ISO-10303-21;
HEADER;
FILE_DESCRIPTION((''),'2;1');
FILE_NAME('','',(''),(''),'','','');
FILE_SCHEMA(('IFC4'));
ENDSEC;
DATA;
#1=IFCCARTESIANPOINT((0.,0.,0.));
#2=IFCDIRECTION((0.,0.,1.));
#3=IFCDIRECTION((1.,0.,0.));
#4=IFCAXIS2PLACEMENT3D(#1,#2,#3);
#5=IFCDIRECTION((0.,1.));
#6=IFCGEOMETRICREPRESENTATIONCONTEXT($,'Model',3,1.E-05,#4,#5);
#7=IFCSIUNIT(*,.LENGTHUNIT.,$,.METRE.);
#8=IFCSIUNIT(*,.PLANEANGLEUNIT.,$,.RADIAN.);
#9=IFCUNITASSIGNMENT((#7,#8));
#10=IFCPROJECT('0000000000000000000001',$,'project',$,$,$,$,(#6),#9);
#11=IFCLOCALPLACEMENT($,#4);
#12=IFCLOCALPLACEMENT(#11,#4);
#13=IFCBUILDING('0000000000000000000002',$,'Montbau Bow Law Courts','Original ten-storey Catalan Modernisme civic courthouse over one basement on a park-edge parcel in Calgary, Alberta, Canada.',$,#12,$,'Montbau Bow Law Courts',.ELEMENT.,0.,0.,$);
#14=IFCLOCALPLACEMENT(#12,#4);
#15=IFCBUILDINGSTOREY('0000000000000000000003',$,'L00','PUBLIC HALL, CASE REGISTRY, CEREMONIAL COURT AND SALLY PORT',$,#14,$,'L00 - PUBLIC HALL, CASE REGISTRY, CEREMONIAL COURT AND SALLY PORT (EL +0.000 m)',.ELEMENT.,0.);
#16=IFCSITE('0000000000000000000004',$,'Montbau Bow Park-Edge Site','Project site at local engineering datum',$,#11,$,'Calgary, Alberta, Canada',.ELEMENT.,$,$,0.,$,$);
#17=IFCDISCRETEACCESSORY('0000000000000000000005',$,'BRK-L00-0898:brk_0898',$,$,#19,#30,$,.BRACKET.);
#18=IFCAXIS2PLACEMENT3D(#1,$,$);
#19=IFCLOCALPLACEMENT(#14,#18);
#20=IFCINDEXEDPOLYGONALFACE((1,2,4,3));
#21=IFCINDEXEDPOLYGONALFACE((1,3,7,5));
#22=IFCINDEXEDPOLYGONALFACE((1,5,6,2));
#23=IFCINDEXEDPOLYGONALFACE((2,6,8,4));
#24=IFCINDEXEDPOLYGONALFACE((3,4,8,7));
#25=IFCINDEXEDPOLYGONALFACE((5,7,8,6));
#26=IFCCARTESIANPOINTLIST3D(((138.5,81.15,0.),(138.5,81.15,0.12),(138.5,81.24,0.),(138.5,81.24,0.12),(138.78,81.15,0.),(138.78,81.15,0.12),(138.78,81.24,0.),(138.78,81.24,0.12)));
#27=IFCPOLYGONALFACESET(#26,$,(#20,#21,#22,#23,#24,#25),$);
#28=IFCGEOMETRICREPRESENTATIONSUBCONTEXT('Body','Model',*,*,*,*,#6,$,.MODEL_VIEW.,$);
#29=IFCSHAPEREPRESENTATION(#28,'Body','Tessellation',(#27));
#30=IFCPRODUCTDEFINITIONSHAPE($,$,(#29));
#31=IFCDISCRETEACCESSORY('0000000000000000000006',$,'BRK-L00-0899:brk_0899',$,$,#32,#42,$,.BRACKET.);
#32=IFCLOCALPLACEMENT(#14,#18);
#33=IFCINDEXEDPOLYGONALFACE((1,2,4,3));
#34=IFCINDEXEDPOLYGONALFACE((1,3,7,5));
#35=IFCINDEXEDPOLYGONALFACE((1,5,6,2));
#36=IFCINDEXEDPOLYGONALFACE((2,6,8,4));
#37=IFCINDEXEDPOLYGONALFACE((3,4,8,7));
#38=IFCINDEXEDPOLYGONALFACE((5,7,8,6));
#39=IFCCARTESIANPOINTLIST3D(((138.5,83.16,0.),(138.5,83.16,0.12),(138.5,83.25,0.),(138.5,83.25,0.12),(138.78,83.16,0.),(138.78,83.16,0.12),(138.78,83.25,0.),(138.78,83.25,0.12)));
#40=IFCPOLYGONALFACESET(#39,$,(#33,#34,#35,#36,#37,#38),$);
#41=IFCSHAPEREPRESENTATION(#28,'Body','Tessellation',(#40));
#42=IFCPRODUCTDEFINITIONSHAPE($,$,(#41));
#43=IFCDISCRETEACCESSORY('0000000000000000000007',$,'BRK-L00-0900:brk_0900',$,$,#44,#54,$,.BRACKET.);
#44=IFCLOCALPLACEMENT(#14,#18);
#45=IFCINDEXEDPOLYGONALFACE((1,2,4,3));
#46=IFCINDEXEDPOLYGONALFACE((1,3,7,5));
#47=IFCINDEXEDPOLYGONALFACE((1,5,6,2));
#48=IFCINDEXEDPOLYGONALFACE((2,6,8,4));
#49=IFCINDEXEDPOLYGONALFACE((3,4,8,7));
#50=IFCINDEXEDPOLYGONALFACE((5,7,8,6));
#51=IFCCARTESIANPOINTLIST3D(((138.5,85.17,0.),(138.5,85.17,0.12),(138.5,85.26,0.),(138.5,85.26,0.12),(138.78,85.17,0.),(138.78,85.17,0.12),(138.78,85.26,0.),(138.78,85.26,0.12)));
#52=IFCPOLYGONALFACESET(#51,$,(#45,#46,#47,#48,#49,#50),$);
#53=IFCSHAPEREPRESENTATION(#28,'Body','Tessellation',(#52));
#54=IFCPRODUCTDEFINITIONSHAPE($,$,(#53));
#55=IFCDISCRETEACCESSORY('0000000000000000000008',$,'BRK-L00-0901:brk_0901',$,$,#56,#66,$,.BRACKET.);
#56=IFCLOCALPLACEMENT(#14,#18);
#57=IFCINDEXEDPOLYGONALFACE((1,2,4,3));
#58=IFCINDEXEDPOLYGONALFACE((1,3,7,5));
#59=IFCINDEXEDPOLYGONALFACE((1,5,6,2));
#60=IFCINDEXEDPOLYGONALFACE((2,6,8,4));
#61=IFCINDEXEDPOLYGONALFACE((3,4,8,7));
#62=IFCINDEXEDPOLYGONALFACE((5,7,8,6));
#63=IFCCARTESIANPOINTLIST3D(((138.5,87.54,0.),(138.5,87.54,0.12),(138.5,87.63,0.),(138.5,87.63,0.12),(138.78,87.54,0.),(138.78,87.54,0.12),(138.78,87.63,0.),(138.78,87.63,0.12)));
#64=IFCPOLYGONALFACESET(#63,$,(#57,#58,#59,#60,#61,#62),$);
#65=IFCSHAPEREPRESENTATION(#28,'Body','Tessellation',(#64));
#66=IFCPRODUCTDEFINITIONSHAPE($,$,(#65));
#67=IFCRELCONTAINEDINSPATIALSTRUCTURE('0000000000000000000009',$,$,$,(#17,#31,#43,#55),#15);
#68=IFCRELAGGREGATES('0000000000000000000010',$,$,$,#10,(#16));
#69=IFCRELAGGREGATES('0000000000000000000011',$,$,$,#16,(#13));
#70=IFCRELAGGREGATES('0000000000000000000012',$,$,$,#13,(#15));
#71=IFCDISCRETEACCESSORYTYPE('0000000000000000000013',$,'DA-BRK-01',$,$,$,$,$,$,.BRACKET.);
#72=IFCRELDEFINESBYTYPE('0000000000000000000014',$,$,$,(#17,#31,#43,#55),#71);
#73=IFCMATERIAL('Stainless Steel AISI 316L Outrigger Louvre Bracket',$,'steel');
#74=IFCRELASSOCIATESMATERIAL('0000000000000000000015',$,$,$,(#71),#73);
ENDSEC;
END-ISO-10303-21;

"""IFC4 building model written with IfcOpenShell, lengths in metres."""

from ifc_helpers import new_model, si_unit, direction, frame, origin_with_axes, origin_2d_with_axis, place, context, subcontext, project, spatial, rectangle, extrude, material, type_object, element, save


model = new_model("IFC4")

# Units and contexts
model_context = context("Model", 3, precision=1e-05, world=origin_with_axes(), true_north=direction((0.0, 1.0)))
body_context = subcontext(model_context, "Body", "Model", "MODEL_VIEW")
ifc_project = project(units=[si_unit("LENGTHUNIT", "METRE"), si_unit("PLANEANGLEUNIT", "RADIAN")], contexts=[model_context])

# Site, building, storey
site_placement = place(None, origin_with_axes())
site = spatial("IfcSite", under=ifc_project, at=site_placement, Name="Montbau Bow Park-Edge Site", Description="Project site at local engineering datum", LongName="Calgary, Alberta, Canada", CompositionType="ELEMENT", RefElevation=0.0)
building_placement = place(site_placement, origin_with_axes())
building = spatial("IfcBuilding", under=site, at=building_placement, Name="Montbau Bow Law Courts", Description="Original ten-storey Catalan Modernisme civic courthouse over one basement on a park-edge parcel in Calgary, Alberta, Canada.", LongName="Montbau Bow Law Courts", CompositionType="ELEMENT", ElevationOfRefHeight=0.0, ElevationOfTerrain=0.0)
storey_placement = place(building_placement, origin_with_axes())
storey = spatial("IfcBuildingStorey", under=building, at=storey_placement, Name="L00", Description="PUBLIC HALL, CASE REGISTRY, CEREMONIAL COURT AND SALLY PORT", LongName="L00 - PUBLIC HALL, CASE REGISTRY, CEREMONIAL COURT AND SALLY PORT (EL +0.000 m)", CompositionType="ELEMENT", Elevation=0.0)

# Discrete accessories
ifc_material_1 = material(Name="Stainless Steel AISI 316L Outrigger Louvre Bracket", Category="steel")
discrete_accessory_type = type_object("IfcDiscreteAccessoryType", Name="DA-BRK-01", PredefinedType="BRACKET", material=ifc_material_1)
for number, where, z_axis, x_axis, name in (
    (1, (138.64, 81.195, 0.0), (0.0, 0.0, 1.0), (-1.0, 0.0, 0.0), "BRK-L00-0898:brk_0898"),
    (2, (138.64, 83.205, 0.0), (0.0, 0.0, 1.0), (-1.0, 0.0, 0.0), "BRK-L00-0899:brk_0899"),
    (3, (138.64, 85.215, 0.0), (0.0, 0.0, 1.0), (-1.0, 0.0, 0.0), "BRK-L00-0900:brk_0900"),
    (4, (138.64, 87.585, 0.0), (0.0, 0.0, 1.0), (-1.0, 0.0, 0.0), "BRK-L00-0901:brk_0901"),
):
    element("IfcDiscreteAccessory", number, at=place(None, frame(where, z_axis=z_axis, x_axis=x_axis)), inside=storey, type_object=discrete_accessory_type, Name=name, PredefinedType="BRACKET", context=body_context, shape_type="SweptSolid", body=[
        extrude(rectangle(XDim=0.28, YDim=0.09, at=origin_2d_with_axis()), origin_with_axes(), (0.0, 0.0, 1.0), 0.12),
    ])

save(model, "model.ifc")
